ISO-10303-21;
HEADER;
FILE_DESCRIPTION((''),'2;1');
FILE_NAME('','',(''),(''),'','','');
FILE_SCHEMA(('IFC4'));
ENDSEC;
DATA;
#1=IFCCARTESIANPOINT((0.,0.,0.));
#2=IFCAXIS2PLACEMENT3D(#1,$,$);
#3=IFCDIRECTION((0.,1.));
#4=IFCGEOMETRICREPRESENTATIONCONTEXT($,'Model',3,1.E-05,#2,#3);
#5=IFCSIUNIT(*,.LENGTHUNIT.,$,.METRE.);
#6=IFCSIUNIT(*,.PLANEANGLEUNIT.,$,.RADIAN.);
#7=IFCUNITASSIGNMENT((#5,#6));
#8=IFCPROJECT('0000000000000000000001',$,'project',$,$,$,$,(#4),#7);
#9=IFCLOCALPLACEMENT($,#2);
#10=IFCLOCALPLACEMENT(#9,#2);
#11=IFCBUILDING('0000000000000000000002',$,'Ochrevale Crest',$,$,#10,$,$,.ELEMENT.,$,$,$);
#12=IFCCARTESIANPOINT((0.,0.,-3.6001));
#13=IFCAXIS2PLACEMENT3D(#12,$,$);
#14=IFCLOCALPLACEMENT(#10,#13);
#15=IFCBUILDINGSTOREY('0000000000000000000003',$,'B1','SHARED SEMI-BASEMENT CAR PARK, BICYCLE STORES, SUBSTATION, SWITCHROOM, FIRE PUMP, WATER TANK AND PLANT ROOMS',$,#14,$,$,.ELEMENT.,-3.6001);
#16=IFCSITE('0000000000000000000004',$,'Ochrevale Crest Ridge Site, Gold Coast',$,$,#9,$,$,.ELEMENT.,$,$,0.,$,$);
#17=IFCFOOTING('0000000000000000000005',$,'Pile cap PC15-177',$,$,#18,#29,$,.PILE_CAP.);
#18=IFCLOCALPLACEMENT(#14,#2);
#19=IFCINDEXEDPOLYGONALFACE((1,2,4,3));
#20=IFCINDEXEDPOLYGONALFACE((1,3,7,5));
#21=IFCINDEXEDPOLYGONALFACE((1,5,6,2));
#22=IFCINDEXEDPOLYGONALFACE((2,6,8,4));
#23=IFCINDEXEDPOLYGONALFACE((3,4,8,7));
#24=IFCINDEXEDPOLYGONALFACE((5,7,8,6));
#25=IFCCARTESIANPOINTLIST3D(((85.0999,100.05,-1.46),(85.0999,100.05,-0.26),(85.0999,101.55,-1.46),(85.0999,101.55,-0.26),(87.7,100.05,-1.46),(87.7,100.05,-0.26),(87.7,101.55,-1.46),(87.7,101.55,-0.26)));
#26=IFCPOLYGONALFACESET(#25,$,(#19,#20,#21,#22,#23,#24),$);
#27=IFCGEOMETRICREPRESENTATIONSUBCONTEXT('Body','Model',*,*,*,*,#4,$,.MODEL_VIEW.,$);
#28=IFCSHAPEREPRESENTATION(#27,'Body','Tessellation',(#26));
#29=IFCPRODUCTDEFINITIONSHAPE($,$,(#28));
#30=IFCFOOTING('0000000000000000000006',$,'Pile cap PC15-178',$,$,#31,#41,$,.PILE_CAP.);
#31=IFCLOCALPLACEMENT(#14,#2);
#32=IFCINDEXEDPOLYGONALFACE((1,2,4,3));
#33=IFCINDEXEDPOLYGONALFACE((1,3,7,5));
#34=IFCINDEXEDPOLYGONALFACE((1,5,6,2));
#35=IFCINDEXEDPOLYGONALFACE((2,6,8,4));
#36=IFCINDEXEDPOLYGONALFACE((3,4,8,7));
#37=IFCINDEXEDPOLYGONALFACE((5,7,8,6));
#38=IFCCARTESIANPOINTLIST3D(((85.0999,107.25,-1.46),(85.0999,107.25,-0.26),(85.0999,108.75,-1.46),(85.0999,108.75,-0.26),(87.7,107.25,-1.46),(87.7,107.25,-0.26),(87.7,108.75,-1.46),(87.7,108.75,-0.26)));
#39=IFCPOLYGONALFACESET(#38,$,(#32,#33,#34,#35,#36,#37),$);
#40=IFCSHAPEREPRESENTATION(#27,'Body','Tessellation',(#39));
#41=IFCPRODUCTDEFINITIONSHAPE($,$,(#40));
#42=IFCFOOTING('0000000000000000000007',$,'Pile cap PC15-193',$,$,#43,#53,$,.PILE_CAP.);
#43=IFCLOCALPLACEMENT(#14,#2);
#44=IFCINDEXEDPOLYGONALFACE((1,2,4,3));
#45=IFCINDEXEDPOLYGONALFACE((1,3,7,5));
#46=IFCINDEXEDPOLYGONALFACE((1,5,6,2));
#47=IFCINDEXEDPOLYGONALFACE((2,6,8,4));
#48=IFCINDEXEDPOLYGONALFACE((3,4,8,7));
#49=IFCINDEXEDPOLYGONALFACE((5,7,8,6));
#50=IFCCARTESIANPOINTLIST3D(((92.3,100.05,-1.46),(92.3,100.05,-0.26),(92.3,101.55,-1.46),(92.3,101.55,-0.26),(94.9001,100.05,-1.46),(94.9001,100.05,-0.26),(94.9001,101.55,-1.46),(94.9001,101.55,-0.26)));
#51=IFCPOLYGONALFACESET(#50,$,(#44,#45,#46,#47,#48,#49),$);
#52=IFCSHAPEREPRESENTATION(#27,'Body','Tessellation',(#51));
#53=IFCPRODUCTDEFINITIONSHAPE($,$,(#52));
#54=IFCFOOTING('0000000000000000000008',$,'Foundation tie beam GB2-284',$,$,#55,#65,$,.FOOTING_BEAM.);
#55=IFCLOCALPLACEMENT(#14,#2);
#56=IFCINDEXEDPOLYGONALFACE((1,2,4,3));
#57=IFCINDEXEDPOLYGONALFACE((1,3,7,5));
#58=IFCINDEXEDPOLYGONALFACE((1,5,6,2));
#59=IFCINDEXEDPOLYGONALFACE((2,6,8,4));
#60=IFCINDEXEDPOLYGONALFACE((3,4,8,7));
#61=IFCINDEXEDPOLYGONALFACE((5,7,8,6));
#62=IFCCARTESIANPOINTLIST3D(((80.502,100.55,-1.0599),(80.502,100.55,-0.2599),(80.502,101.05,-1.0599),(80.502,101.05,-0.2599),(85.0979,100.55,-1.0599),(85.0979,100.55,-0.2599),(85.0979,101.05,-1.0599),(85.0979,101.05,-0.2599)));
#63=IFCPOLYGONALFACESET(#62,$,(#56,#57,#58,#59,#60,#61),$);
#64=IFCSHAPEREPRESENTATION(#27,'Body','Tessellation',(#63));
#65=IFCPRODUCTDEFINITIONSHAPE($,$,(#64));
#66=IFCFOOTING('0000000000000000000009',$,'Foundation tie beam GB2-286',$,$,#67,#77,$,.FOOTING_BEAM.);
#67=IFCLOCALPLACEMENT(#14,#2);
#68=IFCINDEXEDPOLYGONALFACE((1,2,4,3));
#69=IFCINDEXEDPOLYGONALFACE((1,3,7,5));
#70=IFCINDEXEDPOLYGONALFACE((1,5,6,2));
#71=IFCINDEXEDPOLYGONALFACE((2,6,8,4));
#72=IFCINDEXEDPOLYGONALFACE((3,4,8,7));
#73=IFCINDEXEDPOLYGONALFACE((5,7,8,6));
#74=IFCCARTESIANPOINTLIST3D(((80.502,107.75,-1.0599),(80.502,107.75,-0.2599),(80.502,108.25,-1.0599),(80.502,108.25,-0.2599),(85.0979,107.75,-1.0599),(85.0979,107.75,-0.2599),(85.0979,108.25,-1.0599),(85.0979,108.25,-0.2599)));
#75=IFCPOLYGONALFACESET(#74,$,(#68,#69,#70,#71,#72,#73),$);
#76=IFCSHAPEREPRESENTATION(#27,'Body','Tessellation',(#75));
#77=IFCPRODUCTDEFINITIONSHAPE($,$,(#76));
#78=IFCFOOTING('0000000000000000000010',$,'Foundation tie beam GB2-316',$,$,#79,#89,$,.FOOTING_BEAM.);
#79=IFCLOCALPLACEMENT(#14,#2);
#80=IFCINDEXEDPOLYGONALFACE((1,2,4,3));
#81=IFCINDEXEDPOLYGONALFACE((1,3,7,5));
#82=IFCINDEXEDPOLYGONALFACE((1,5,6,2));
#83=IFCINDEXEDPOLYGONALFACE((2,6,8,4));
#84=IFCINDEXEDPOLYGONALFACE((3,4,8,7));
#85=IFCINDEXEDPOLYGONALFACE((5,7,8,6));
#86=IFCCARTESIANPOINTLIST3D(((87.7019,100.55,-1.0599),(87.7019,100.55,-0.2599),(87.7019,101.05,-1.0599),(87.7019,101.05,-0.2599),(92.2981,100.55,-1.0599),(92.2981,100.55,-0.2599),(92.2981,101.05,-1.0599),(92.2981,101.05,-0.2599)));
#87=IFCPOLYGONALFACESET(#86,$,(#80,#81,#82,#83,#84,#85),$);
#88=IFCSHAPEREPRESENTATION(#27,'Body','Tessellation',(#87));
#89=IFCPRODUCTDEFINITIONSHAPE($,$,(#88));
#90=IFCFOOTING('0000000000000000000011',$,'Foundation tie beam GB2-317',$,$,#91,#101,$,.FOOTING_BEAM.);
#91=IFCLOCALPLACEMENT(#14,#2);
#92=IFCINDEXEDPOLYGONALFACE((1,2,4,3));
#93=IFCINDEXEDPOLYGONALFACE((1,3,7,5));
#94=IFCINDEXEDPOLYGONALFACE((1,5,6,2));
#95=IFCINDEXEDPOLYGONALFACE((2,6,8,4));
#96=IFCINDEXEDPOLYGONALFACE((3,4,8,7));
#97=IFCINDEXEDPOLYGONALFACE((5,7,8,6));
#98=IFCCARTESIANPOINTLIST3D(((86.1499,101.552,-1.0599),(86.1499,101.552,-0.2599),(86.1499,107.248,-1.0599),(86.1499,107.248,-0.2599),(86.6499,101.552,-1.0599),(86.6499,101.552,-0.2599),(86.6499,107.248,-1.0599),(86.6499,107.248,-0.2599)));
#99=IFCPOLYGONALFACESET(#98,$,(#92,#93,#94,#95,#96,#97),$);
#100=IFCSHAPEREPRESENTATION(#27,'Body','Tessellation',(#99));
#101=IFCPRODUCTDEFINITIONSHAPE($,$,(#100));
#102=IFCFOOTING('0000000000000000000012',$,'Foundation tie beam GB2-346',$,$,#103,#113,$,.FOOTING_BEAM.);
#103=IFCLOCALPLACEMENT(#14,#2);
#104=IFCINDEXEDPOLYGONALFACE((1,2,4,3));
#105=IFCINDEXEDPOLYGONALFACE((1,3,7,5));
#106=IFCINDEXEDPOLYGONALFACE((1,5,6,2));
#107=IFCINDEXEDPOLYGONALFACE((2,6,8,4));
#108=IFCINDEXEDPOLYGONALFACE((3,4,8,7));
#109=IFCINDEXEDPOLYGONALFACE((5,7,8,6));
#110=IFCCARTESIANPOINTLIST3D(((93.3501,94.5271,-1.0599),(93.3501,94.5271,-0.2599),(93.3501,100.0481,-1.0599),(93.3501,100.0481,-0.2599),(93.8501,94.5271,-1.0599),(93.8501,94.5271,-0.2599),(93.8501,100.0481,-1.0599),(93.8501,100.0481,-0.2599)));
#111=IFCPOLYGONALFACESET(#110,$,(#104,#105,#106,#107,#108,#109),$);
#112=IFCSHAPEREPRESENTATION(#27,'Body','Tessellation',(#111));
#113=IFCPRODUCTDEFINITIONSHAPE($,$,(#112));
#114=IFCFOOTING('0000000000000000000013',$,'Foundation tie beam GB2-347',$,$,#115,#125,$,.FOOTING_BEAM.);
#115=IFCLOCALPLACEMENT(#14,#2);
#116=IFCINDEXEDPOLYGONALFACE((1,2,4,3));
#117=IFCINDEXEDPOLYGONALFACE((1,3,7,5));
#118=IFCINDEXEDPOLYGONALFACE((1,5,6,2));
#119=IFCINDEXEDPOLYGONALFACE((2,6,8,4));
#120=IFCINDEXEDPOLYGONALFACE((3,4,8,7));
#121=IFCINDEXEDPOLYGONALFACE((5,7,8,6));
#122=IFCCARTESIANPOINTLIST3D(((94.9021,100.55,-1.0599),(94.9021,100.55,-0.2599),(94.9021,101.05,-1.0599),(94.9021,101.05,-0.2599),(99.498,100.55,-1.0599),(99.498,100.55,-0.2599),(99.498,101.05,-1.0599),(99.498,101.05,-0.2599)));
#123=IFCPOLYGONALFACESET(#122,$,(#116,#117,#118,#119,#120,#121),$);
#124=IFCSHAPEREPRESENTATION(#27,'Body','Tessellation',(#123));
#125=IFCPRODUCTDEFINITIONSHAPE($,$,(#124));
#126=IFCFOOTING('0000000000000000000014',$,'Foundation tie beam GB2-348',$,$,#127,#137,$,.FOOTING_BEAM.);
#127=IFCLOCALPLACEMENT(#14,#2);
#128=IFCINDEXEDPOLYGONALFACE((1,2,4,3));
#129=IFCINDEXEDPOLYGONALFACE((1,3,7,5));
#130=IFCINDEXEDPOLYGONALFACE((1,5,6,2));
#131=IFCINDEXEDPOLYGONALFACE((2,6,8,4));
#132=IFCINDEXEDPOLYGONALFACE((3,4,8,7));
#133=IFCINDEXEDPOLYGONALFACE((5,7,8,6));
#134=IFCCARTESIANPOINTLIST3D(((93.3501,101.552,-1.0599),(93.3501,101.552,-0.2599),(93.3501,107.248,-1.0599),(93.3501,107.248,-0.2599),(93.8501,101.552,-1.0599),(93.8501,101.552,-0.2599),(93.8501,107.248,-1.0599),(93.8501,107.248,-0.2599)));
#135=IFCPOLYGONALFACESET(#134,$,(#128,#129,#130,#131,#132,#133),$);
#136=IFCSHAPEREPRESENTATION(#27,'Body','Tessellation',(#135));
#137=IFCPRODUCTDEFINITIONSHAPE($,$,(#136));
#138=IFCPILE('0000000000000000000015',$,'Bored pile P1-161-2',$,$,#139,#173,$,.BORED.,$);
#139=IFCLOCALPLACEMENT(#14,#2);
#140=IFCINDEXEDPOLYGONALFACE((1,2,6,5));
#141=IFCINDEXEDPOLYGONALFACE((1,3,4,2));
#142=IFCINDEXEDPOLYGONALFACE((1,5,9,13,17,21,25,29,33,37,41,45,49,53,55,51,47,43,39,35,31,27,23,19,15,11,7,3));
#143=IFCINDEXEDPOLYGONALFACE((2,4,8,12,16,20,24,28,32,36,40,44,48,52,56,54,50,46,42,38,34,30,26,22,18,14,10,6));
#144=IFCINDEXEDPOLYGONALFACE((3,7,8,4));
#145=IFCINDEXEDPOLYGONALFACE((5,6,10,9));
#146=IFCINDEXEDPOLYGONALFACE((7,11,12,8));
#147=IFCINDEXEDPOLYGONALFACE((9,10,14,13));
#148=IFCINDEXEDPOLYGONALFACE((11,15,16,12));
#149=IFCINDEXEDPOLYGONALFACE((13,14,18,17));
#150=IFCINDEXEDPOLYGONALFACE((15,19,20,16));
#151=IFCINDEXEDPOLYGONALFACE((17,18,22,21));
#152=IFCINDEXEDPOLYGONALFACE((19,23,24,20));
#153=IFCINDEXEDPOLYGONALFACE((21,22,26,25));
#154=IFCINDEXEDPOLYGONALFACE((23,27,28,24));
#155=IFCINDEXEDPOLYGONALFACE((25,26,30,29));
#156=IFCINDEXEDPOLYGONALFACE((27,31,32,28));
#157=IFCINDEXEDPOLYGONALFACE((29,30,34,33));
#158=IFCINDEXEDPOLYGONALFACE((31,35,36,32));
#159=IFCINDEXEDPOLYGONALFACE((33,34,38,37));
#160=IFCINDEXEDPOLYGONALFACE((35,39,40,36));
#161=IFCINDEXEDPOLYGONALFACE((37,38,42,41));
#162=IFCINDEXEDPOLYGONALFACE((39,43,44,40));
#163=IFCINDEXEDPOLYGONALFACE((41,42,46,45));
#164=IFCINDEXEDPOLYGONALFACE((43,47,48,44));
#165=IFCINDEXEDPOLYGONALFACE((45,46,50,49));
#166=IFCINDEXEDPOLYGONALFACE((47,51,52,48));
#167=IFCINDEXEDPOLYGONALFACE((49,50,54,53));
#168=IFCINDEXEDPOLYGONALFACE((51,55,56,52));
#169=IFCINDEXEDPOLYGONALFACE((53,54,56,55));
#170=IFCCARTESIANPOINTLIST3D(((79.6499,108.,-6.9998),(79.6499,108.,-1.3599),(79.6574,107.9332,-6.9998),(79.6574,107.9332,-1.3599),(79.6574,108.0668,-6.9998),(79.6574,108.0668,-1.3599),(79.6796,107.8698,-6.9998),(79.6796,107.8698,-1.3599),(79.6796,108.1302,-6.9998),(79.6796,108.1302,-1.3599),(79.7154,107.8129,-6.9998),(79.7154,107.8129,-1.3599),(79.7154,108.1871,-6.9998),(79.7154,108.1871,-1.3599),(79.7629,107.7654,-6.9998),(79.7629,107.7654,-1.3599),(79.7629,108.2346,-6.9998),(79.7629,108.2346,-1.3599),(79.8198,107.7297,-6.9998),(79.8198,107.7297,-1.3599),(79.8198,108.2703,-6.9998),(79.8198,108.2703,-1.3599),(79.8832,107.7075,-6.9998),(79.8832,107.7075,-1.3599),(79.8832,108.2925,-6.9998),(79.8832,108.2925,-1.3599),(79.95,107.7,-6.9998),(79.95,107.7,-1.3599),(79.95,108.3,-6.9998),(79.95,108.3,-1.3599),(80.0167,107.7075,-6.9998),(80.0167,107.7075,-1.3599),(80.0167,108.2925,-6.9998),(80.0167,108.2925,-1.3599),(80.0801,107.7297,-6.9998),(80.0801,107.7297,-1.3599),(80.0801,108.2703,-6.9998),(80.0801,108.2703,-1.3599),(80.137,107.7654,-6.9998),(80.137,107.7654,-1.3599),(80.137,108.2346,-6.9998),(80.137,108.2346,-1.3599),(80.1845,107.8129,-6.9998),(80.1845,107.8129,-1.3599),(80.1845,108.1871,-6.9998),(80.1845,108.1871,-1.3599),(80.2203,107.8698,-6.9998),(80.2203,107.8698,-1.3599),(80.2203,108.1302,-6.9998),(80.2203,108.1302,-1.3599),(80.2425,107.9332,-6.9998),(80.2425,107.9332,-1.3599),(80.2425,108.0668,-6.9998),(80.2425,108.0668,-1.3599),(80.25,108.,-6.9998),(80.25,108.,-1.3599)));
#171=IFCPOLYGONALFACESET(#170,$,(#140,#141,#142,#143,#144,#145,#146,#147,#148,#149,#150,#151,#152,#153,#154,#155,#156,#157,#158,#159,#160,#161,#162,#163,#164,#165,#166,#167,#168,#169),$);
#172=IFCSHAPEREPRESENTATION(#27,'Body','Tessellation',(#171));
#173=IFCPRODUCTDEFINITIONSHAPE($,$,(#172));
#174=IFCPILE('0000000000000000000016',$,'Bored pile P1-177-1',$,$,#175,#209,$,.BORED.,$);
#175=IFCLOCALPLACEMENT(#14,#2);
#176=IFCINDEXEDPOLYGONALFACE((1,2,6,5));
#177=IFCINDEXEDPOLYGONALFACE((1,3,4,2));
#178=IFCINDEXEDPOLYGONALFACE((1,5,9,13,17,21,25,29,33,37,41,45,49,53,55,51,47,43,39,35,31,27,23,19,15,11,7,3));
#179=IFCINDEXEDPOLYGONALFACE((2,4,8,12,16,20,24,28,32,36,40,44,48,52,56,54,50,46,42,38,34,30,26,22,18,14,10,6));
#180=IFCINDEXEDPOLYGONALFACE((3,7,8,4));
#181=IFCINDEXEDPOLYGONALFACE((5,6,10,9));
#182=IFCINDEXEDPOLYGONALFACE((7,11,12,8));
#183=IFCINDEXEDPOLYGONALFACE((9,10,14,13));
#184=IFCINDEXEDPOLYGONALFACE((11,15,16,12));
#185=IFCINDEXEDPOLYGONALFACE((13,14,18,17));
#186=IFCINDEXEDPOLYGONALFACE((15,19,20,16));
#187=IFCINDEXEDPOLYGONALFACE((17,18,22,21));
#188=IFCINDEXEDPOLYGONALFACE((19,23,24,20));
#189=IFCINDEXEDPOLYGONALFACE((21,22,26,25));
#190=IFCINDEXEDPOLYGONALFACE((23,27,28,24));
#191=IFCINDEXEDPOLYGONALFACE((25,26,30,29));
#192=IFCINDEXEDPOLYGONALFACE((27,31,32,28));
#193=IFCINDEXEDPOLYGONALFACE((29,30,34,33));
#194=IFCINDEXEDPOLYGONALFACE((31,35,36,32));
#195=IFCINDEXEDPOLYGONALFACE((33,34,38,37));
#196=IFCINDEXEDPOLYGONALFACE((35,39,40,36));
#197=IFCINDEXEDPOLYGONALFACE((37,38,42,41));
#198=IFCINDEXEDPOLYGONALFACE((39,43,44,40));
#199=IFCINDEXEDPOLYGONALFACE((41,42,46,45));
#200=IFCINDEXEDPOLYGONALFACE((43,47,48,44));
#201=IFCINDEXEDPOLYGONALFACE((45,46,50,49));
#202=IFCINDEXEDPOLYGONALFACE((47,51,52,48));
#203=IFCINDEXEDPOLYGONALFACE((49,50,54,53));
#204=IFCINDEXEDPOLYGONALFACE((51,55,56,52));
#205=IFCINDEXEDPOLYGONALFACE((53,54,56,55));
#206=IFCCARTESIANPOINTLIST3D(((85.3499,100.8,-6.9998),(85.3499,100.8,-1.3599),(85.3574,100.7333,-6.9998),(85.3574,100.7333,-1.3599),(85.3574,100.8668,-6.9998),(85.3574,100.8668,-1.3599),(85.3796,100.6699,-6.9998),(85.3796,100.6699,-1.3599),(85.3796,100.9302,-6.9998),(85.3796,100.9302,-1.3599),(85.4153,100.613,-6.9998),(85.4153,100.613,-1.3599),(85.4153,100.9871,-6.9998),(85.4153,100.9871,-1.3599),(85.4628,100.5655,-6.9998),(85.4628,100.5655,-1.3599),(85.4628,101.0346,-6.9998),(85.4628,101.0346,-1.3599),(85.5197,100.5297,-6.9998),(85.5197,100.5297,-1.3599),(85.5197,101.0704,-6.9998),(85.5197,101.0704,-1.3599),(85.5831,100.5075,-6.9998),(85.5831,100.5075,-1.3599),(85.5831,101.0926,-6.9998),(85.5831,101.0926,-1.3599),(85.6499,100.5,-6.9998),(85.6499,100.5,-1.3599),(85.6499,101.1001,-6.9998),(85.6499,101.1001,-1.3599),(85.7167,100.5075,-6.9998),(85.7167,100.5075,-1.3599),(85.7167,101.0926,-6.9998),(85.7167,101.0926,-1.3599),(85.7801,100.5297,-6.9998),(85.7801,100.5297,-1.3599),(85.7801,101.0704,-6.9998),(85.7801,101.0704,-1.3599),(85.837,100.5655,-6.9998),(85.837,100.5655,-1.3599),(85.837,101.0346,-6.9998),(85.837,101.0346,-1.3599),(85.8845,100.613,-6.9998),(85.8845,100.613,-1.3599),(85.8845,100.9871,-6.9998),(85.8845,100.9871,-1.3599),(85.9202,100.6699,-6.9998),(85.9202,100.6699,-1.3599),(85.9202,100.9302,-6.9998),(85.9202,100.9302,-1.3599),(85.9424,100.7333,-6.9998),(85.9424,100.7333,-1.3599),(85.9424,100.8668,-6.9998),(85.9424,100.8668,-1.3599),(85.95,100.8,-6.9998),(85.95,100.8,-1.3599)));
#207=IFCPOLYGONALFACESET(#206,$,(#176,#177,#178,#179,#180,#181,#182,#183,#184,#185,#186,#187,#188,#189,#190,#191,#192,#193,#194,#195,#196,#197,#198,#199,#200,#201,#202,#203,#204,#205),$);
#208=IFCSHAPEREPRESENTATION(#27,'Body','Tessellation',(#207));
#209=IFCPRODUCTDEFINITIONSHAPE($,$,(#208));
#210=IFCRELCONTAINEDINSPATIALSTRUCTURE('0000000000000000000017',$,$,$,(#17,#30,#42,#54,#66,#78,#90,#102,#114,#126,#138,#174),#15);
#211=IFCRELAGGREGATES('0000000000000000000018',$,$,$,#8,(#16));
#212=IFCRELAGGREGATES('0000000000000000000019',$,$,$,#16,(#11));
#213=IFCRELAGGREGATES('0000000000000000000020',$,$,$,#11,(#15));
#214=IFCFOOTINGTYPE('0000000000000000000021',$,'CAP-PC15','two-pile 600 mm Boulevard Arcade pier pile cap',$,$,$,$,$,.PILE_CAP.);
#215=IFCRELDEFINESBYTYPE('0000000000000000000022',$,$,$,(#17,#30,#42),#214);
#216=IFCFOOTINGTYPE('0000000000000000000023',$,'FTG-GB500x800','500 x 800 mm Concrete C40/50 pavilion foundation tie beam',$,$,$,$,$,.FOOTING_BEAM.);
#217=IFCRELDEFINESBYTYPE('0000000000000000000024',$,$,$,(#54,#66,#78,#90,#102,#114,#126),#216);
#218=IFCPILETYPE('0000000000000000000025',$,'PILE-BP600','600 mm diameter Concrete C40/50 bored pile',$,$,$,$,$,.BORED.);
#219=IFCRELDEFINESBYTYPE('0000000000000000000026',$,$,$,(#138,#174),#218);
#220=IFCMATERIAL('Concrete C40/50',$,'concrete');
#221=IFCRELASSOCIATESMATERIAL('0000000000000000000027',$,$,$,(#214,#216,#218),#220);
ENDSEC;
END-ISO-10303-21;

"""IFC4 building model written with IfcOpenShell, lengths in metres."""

from ifc_helpers import new_model, si_unit, direction, frame, origin, origin_2d, place, context, subcontext, project, spatial, rectangle, circle, extrude, material, material_profile, profile_set, type_object, element, save


model = new_model("IFC4")

# Units and contexts
model_context = context("Model", 3, precision=1e-05, world=origin(), true_north=direction((0.0, 1.0)))
body_context = subcontext(model_context, "Body", "Model", "MODEL_VIEW")
ifc_project = project(units=[si_unit("LENGTHUNIT", "METRE"), si_unit("PLANEANGLEUNIT", "RADIAN")], contexts=[model_context])

# Site, building, storey
site_placement = place(None, origin())
site = spatial("IfcSite", under=ifc_project, at=site_placement, Name="Ochrevale Crest Ridge Site, Gold Coast", CompositionType="ELEMENT", RefElevation=0.0)
building_placement = place(site_placement, origin())
building = spatial("IfcBuilding", under=site, at=building_placement, Name="Ochrevale Crest", CompositionType="ELEMENT")
storey_placement = place(building_placement, frame((0.0, 0.0, -3.6001)))
storey = spatial("IfcBuildingStorey", under=building, at=storey_placement, Name="B1", Description="SHARED SEMI-BASEMENT CAR PARK, BICYCLE STORES, SUBSTATION, SWITCHROOM, FIRE PUMP, WATER TANK AND PLANT ROOMS", CompositionType="ELEMENT", Elevation=-3.6001)

# Footings
ifc_material_1 = material(Name="Concrete C40/50", Category="concrete")
footing_type_1 = type_object("IfcFootingType", Name="CAP-PC15", Description="two-pile 600 mm Boulevard Arcade pier pile cap", PredefinedType="PILE_CAP", material=ifc_material_1)
for number, where, z_axis, x_axis, name in (
    (1, (86.3999, 100.8, -1.46), (0.0, 0.0, 1.0), (1.0, 0.0, 0.0), "Pile cap PC15-177"),
    (2, (86.3999, 108.0, -1.46), (0.0, 0.0, 1.0), (1.0, 0.0, 0.0), "Pile cap PC15-178"),
    (3, (93.6001, 100.8, -1.46), (0.0, 0.0, 1.0), (1.0, 0.0, 0.0), "Pile cap PC15-193"),
):
    element("IfcFooting", number, at=place(storey_placement, frame(where, z_axis=z_axis, x_axis=x_axis)), inside=storey, type_object=footing_type_1, Name=name, PredefinedType="PILE_CAP", context=body_context, shape_type="SweptSolid", body=[
        extrude(rectangle(XDim=2.6001, YDim=1.5, at=origin_2d()), origin(), (0.0, 0.0, 1.0), 1.2),
    ])
ifc_material_profile_1 = material_profile(ifc_material_1, rectangle(XDim=0.5, YDim=0.8, at=origin_2d()), Name="GB 500x800")
ifc_profile_set_1 = profile_set([ifc_material_profile_1], Name="Concrete C40/50")
footing_type_2 = type_object("IfcFootingType", Name="FTG-GB500x800", Description="500 x 800 mm Concrete C40/50 pavilion foundation tie beam", PredefinedType="FOOTING_BEAM", material=ifc_profile_set_1)
for number, where, z_axis, x_axis, name in (
    (4, (80.502, 100.8, -0.6599), (1.0, 0.0, 0.0), (0.0, 1.0, 0.0), "Foundation tie beam GB2-284"),
    (5, (80.502, 108.0, -0.6599), (1.0, 0.0, 0.0), (0.0, 1.0, 0.0), "Foundation tie beam GB2-286"),
):
    element("IfcFooting", number, at=place(storey_placement, frame(where, z_axis=z_axis, x_axis=x_axis)), inside=storey, type_object=footing_type_2, Name=name, PredefinedType="FOOTING_BEAM", context=body_context, shape_type="SweptSolid", body=[
        extrude(rectangle(XDim=0.5, YDim=0.8, at=origin_2d()), origin(), (0.0, 0.0, 1.0), 4.5959),
    ])
footing_1_placement = place(storey_placement, frame((87.7019, 100.8, -0.6599), z_axis=(1.0, 0.0, 0.0), x_axis=(0.0, 1.0, 0.0)))
element("IfcFooting", 6, at=footing_1_placement, inside=storey, type_object=footing_type_2, Name="Foundation tie beam GB2-316", PredefinedType="FOOTING_BEAM", context=body_context, shape_type="SweptSolid", body=[
    extrude(rectangle(XDim=0.5, YDim=0.8, at=origin_2d()), origin(), (0.0, 0.0, 1.0), 4.5962),
])
footing_2_placement = place(storey_placement, frame((86.3999, 101.552, -0.6599), z_axis=(0.0, 1.0, 0.0), x_axis=(-1.0, 0.0, 0.0)))
element("IfcFooting", 7, at=footing_2_placement, inside=storey, type_object=footing_type_2, Name="Foundation tie beam GB2-317", PredefinedType="FOOTING_BEAM", context=body_context, shape_type="SweptSolid", body=[
    extrude(rectangle(XDim=0.5, YDim=0.8, at=origin_2d()), origin(), (0.0, 0.0, 1.0), 5.696),
])
footing_3_placement = place(storey_placement, frame((93.6001, 94.5271, -0.6599), z_axis=(0.0, 1.0, 0.0), x_axis=(-1.0, 0.0, 0.0)))
element("IfcFooting", 8, at=footing_3_placement, inside=storey, type_object=footing_type_2, Name="Foundation tie beam GB2-346", PredefinedType="FOOTING_BEAM", context=body_context, shape_type="SweptSolid", body=[
    extrude(rectangle(XDim=0.5, YDim=0.8, at=origin_2d()), origin(), (0.0, 0.0, 1.0), 5.521),
])
footing_4_placement = place(storey_placement, frame((94.9021, 100.8, -0.6599), z_axis=(1.0, 0.0, 0.0), x_axis=(0.0, 1.0, 0.0)))
element("IfcFooting", 9, at=footing_4_placement, inside=storey, type_object=footing_type_2, Name="Foundation tie beam GB2-347", PredefinedType="FOOTING_BEAM", context=body_context, shape_type="SweptSolid", body=[
    extrude(rectangle(XDim=0.5, YDim=0.8, at=origin_2d()), origin(), (0.0, 0.0, 1.0), 4.5959),
])
footing_5_placement = place(storey_placement, frame((93.6001, 101.552, -0.6599), z_axis=(0.0, 1.0, 0.0), x_axis=(-1.0, 0.0, 0.0)))
element("IfcFooting", 10, at=footing_5_placement, inside=storey, type_object=footing_type_2, Name="Foundation tie beam GB2-348", PredefinedType="FOOTING_BEAM", context=body_context, shape_type="SweptSolid", body=[
    extrude(rectangle(XDim=0.5, YDim=0.8, at=origin_2d()), origin(), (0.0, 0.0, 1.0), 5.696),
])

# Piles
ifc_material_profile_2 = material_profile(ifc_material_1, circle(Radius=0.3, at=origin_2d()), Name="BORED PILE 600")
ifc_profile_set_2 = profile_set([ifc_material_profile_2], Name="Concrete C40/50")
pile_type = type_object("IfcPileType", Name="PILE-BP600", Description="600 mm diameter Concrete C40/50 bored pile", PredefinedType="BORED", material=ifc_profile_set_2)
for number, where, z_axis, x_axis, name in (
    (11, (79.95, 108.0, -1.3599), (0.0, 0.0, -1.0), (1.0, 0.0, 0.0), "Bored pile P1-161-2"),
    (12, (85.6499, 100.8, -1.3599), (0.0, 0.0, -1.0), (1.0, 0.0, 0.0), "Bored pile P1-177-1"),
):
    element("IfcPile", number, at=place(storey_placement, frame(where, z_axis=z_axis, x_axis=x_axis)), inside=storey, type_object=pile_type, Name=name, PredefinedType="BORED", context=body_context, shape_type="SweptSolid", body=[
        extrude(circle(Radius=0.3, at=origin_2d()), origin(), (0.0, 0.0, 1.0), 5.6399),
    ])

save(model, "model.ifc")
